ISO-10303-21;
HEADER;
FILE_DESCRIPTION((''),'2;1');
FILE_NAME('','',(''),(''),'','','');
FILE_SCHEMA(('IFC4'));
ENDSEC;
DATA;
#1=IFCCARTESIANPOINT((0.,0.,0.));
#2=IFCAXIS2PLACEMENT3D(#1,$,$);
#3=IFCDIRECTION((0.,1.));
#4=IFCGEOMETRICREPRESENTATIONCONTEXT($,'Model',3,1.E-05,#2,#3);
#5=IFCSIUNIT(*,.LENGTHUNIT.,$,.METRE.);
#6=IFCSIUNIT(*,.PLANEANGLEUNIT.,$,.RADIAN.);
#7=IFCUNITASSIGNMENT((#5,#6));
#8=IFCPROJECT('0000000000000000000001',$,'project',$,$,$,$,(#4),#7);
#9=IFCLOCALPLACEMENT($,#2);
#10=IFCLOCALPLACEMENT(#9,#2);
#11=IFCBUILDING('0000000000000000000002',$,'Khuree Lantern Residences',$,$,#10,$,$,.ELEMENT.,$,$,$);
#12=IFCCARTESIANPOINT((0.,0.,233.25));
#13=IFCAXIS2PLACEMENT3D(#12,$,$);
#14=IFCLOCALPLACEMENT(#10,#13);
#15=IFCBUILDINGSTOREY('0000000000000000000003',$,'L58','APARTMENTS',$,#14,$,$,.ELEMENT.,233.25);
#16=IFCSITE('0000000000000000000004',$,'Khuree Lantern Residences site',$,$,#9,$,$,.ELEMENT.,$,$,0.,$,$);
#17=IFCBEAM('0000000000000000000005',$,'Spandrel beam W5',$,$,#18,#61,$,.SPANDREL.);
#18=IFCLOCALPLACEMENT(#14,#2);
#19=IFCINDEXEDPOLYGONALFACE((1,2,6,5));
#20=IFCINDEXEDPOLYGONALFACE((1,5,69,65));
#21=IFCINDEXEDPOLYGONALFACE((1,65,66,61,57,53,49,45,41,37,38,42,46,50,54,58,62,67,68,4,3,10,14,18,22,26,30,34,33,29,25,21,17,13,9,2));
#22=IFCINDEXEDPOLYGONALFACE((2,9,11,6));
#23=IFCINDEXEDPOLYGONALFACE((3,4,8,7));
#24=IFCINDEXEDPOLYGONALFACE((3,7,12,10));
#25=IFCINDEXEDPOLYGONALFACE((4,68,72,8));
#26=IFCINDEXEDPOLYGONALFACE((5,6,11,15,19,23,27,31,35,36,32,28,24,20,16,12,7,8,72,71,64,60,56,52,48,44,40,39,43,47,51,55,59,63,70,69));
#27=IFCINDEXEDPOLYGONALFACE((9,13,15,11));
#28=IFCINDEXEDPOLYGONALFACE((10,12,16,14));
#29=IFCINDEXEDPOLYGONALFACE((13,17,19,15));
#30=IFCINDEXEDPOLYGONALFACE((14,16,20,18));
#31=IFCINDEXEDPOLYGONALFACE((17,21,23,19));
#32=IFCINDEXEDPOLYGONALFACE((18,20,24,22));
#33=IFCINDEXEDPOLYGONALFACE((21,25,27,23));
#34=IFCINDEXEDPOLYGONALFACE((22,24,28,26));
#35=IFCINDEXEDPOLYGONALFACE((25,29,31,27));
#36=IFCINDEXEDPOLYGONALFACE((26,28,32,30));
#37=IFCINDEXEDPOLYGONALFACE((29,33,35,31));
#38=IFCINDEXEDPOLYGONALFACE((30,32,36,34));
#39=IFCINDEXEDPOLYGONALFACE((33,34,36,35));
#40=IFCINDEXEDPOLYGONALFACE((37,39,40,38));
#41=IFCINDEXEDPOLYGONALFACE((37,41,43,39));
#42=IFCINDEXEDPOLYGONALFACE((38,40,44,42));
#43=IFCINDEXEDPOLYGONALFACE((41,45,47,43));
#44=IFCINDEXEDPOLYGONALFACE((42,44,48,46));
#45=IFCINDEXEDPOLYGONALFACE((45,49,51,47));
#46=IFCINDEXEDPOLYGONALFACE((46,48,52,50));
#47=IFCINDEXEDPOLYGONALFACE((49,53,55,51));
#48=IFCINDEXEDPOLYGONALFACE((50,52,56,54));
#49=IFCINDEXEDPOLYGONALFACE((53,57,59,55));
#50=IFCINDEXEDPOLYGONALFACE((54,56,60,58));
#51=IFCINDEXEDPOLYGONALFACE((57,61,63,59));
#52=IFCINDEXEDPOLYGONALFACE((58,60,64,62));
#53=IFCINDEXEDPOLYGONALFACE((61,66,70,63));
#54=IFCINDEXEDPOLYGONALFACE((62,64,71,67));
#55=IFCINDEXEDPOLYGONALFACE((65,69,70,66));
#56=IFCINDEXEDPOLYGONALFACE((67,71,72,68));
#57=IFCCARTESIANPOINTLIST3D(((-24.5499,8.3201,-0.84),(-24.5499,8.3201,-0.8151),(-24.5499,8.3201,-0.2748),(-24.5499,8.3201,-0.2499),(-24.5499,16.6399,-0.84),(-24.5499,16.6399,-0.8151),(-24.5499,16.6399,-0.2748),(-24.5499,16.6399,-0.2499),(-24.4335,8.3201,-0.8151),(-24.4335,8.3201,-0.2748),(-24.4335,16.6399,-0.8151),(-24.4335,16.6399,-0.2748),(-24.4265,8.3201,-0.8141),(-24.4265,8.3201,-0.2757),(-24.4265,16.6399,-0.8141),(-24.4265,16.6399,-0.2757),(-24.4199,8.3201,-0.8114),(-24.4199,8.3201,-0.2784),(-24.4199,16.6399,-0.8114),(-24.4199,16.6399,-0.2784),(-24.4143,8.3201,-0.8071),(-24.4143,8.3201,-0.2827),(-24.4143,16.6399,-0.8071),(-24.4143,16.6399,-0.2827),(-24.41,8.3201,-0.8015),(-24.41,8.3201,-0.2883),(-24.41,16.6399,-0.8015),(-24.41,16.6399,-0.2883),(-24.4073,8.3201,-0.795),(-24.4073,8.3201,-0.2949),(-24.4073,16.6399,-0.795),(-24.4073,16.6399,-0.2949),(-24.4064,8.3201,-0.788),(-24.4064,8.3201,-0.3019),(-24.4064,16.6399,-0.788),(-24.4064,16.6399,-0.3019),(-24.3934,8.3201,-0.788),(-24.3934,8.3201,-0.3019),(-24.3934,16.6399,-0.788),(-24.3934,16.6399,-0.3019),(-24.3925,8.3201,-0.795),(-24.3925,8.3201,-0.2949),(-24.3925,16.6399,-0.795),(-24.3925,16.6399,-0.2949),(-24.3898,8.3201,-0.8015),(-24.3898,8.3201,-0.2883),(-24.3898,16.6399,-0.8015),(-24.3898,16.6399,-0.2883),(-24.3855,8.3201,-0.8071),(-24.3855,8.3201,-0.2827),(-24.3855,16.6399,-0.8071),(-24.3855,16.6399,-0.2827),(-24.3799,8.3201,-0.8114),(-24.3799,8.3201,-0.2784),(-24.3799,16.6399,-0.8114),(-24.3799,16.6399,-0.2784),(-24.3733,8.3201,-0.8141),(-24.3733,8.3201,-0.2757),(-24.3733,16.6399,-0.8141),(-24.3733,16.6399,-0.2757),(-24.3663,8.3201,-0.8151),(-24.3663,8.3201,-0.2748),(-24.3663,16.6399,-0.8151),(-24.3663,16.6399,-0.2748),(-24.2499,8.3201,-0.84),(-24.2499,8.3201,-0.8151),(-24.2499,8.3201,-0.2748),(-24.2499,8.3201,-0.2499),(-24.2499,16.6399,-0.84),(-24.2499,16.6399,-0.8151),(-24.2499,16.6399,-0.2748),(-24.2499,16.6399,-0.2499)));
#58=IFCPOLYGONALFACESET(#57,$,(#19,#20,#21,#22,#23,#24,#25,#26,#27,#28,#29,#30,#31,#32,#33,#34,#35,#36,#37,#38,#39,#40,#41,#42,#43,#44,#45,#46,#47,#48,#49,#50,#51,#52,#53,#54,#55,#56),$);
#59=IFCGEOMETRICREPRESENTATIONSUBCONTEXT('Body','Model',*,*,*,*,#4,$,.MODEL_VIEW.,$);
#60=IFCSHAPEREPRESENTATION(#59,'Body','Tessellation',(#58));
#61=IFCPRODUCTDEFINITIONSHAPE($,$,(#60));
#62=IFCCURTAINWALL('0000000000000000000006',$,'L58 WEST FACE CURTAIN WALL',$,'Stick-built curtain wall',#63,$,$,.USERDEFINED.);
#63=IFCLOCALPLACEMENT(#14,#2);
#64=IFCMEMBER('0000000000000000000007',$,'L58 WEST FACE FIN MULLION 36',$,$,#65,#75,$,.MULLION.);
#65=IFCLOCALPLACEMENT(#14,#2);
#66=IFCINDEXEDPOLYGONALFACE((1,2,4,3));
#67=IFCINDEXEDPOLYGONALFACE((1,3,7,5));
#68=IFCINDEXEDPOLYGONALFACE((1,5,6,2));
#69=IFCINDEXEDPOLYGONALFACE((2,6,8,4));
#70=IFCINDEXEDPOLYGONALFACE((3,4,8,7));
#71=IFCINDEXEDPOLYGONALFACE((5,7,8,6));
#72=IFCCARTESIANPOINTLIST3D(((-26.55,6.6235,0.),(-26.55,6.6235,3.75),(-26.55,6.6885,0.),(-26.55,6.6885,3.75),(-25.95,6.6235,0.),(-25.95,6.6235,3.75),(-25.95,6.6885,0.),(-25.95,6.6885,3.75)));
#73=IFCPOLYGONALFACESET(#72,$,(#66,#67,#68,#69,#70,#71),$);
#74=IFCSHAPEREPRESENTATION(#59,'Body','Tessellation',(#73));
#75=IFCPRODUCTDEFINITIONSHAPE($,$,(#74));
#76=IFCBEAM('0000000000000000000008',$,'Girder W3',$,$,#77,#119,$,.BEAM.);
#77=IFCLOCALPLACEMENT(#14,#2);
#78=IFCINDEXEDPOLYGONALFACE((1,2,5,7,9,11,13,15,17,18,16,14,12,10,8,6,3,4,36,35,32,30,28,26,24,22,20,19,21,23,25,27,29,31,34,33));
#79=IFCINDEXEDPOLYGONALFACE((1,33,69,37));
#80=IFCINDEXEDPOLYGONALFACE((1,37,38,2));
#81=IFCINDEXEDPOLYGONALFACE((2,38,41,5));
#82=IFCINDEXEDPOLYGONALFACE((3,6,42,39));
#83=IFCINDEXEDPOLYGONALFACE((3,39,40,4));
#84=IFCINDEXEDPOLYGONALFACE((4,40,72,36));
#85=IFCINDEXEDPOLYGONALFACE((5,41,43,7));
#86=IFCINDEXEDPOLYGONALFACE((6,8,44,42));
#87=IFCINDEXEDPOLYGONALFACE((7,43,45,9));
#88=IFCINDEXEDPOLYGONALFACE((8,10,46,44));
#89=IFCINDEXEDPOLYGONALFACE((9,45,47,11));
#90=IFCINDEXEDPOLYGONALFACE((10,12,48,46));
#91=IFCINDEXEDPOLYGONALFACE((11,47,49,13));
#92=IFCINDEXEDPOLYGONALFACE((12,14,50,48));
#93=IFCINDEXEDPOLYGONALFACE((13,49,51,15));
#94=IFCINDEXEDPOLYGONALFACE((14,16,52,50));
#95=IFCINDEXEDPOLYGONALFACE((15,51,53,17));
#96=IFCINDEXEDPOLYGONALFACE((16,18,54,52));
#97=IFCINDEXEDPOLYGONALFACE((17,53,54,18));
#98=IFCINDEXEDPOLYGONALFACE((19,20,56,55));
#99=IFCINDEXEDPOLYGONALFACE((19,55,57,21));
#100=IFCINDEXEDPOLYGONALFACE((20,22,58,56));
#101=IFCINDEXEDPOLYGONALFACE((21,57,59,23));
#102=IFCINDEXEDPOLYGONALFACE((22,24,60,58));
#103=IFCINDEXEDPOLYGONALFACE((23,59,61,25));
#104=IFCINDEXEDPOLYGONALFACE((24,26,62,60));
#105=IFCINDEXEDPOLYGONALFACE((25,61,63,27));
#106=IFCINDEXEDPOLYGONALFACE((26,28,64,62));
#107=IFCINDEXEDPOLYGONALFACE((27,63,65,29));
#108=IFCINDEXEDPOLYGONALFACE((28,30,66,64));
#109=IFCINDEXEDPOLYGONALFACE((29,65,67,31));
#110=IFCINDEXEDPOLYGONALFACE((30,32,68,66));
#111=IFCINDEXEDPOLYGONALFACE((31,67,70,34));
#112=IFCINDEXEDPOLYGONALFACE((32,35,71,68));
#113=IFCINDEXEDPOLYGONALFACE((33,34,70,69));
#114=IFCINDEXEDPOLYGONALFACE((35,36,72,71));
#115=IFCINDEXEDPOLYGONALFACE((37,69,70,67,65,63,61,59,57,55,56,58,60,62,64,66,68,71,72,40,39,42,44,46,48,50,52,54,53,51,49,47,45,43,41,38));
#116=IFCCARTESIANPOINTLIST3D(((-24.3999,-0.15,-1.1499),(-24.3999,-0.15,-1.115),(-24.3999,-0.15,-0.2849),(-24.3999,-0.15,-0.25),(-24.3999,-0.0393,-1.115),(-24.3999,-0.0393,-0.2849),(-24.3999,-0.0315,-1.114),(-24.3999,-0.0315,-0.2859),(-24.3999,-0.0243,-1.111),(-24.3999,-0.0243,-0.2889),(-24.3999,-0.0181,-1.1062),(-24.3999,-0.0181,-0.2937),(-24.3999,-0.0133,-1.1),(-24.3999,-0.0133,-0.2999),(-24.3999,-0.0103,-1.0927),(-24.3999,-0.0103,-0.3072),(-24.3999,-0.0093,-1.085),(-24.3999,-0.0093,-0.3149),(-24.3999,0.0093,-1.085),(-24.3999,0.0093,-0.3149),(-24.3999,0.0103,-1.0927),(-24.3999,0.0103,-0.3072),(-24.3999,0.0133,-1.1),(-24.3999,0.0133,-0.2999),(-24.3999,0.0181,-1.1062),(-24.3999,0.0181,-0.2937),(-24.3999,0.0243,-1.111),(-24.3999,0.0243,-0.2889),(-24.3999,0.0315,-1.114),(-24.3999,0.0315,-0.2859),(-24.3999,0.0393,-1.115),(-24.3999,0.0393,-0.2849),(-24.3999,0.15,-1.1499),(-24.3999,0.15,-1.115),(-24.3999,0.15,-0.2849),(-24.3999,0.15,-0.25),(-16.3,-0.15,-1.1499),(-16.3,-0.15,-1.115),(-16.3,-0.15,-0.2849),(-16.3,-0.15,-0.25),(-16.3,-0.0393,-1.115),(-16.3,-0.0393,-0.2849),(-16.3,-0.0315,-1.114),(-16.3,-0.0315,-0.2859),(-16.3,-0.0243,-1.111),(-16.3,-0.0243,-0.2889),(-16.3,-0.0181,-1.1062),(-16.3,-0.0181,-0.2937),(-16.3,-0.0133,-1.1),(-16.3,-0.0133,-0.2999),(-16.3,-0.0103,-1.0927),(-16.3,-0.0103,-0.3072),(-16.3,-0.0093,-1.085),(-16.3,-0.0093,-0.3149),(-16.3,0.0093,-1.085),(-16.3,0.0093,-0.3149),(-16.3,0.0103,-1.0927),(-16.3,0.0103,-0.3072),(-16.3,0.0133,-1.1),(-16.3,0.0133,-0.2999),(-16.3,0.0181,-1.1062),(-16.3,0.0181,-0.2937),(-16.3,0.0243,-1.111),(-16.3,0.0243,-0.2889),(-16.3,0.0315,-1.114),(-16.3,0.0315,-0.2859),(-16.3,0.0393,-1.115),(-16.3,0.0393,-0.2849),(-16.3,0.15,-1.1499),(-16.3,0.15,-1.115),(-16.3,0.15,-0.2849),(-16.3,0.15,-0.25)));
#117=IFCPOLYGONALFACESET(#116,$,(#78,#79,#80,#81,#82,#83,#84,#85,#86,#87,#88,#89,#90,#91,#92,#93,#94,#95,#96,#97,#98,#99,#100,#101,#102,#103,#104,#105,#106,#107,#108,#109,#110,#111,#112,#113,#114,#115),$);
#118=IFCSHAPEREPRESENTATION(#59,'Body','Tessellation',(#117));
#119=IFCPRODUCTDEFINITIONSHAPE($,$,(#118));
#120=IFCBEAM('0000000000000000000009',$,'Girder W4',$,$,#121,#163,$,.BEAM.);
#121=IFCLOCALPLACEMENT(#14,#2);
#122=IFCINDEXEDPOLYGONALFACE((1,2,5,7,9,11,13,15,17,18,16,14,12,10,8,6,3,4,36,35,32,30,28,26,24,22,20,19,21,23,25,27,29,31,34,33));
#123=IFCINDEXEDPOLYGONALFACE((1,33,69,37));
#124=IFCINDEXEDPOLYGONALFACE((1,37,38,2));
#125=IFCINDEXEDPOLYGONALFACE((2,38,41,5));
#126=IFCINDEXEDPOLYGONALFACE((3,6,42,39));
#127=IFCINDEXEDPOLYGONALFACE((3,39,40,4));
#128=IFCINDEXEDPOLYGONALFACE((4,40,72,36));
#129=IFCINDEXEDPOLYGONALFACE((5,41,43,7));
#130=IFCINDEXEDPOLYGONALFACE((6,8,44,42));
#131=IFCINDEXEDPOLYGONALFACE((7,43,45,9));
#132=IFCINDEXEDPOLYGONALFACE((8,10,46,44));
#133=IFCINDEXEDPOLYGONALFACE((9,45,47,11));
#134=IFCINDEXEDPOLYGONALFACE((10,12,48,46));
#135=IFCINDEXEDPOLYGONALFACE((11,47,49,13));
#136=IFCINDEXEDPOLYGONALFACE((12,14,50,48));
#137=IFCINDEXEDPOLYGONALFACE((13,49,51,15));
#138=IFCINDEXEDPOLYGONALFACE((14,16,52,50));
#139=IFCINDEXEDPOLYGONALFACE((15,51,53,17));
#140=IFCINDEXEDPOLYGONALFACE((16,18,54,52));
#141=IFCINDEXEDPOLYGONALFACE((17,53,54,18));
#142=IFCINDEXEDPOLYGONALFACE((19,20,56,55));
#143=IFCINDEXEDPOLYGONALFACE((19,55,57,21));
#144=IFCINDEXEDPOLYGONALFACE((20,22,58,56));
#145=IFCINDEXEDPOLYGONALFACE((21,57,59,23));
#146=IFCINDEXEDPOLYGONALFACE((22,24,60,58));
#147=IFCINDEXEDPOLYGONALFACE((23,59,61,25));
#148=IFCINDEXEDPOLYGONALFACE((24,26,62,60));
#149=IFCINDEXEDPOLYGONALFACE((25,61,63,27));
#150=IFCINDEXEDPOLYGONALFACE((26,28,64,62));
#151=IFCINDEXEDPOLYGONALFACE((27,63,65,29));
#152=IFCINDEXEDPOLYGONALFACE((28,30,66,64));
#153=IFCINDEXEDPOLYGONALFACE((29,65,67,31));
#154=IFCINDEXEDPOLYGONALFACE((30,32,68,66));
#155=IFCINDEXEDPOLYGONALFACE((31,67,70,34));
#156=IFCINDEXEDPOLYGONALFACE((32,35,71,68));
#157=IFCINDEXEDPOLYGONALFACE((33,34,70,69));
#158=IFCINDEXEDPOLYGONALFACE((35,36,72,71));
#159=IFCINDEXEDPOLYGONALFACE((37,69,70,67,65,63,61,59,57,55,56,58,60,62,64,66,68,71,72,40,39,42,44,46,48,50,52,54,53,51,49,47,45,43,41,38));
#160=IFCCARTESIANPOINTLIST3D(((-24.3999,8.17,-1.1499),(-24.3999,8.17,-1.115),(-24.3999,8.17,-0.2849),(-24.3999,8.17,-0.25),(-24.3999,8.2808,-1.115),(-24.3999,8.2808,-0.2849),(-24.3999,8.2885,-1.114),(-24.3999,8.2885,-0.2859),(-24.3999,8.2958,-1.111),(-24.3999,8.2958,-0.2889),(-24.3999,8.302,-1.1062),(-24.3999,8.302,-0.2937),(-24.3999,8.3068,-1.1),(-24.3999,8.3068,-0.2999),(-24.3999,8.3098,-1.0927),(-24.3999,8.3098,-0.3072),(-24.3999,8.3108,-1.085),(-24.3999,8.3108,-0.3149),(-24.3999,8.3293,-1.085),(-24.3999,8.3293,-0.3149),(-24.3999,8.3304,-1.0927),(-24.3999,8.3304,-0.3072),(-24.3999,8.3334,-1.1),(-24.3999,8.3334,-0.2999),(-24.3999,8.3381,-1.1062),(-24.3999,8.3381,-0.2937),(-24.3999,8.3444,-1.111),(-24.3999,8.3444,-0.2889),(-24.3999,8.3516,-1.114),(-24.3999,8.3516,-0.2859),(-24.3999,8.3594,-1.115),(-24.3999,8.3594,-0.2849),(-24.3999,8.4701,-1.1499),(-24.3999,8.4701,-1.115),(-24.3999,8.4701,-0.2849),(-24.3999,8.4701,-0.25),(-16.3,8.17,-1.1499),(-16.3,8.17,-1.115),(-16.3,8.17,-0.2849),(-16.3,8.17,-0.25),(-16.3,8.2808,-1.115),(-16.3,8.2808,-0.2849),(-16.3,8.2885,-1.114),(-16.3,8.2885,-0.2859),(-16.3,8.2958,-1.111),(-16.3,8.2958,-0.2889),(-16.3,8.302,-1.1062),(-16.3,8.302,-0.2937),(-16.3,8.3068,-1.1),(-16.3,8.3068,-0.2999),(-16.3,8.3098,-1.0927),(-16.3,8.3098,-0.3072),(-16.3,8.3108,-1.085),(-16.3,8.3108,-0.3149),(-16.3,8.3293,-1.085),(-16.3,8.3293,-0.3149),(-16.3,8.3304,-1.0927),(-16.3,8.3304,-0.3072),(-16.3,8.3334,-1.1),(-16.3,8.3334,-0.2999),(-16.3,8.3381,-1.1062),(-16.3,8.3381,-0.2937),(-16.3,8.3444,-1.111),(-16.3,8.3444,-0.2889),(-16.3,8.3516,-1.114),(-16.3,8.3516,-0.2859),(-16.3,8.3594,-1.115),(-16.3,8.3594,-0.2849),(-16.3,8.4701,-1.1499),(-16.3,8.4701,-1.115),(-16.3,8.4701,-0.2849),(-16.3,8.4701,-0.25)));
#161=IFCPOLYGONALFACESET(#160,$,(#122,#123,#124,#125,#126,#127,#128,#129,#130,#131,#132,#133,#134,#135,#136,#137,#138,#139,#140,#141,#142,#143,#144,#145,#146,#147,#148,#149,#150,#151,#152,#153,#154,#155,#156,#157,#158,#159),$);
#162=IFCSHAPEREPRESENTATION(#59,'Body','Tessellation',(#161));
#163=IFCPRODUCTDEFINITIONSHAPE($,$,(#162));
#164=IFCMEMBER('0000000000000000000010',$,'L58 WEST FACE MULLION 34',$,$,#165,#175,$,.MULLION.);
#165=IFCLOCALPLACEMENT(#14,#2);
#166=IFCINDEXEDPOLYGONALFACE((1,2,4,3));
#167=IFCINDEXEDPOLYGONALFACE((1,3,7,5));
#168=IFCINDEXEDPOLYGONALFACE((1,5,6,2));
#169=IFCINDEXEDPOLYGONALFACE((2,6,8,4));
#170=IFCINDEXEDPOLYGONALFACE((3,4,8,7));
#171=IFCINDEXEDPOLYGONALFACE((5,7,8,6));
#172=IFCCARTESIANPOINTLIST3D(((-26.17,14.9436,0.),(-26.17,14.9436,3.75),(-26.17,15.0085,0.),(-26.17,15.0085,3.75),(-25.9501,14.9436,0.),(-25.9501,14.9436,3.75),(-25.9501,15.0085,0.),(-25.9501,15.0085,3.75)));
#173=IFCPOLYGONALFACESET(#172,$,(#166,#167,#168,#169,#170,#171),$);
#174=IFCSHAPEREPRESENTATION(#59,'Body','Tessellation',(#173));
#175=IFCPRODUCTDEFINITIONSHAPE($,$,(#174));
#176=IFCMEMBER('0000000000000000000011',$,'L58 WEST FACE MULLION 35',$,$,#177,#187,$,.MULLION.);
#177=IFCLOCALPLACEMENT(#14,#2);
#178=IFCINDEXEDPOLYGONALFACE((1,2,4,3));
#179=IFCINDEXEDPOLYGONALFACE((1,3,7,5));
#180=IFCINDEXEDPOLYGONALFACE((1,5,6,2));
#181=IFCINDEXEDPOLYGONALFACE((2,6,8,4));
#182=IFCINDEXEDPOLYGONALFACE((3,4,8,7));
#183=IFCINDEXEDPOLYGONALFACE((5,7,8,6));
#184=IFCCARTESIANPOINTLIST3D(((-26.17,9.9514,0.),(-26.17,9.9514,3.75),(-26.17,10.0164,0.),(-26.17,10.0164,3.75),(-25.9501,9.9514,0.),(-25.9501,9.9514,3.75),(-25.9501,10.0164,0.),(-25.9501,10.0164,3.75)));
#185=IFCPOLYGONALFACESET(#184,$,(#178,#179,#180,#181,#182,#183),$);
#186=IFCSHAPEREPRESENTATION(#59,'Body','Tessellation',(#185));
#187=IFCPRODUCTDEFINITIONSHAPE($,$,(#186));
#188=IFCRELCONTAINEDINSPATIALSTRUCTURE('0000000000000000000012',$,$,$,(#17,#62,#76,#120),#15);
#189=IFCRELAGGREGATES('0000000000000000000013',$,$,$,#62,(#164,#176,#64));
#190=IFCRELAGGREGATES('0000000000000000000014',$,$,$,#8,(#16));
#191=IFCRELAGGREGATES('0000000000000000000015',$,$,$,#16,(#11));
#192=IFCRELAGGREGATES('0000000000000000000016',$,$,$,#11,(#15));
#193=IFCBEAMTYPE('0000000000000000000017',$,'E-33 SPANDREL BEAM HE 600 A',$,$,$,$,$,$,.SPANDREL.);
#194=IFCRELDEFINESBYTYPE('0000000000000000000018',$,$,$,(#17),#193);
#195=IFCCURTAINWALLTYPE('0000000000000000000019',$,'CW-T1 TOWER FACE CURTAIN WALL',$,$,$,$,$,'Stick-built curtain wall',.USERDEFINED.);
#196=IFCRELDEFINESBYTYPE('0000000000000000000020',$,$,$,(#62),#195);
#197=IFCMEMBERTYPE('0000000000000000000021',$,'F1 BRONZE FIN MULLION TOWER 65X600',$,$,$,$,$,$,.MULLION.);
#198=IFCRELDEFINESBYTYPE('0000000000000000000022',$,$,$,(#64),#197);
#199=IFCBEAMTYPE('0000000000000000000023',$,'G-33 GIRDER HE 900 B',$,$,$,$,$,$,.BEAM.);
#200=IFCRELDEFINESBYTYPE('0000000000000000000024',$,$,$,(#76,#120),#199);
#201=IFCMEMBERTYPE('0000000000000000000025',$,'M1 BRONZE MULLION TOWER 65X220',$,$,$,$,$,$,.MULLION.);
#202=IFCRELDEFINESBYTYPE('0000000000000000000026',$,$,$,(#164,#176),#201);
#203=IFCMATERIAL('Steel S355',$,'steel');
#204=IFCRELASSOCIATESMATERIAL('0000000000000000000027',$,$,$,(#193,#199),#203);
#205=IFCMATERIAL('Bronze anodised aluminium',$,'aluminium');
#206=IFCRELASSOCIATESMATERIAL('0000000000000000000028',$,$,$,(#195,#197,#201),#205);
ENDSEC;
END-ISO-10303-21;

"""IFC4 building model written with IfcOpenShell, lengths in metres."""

from ifc_helpers import new_model, si_unit, direction, frame, origin, origin_2d, place, context, subcontext, project, spatial, rectangle, i_section, extrude, material, material_profile, profile_set, type_object, element, aggregate, save


model = new_model("IFC4")

# Units and contexts
model_context = context("Model", 3, precision=1e-05, world=origin(), true_north=direction((0.0, 1.0)))
body_context = subcontext(model_context, "Body", "Model", "MODEL_VIEW")
ifc_project = project(units=[si_unit("LENGTHUNIT", "METRE"), si_unit("PLANEANGLEUNIT", "RADIAN")], contexts=[model_context])

# Site, building, storey
site_placement = place(None, origin())
site = spatial("IfcSite", under=ifc_project, at=site_placement, Name="Khuree Lantern Residences site", CompositionType="ELEMENT", RefElevation=0.0)
building_placement = place(site_placement, origin())
building = spatial("IfcBuilding", under=site, at=building_placement, Name="Khuree Lantern Residences", CompositionType="ELEMENT")
storey_placement = place(building_placement, frame((0.0, 0.0, 233.25)))
storey = spatial("IfcBuildingStorey", under=building, at=storey_placement, Name="L58", Description="APARTMENTS", CompositionType="ELEMENT", Elevation=233.25)

# Beam
ifc_material_1 = material(Name="Steel S355", Category="steel")
ifc_material_profile_1 = material_profile(ifc_material_1, i_section(OverallWidth=0.3, OverallDepth=0.5901, WebThickness=0.0129, FlangeThickness=0.0249, FilletRadius=0.0271, at=origin_2d()), Name="HE 600 A")
ifc_profile_set_1 = profile_set([ifc_material_profile_1], Name="Steel S355")
beam_type_1 = type_object("IfcBeamType", Name="E-33 SPANDREL BEAM HE 600 A", PredefinedType="SPANDREL", material=ifc_profile_set_1)
beam_1_placement = place(storey_placement, frame((-24.3999, 8.3201, -0.5449), z_axis=(0.0, 1.0, 0.0), x_axis=(-1.0, 0.0, 0.0)))
element("IfcBeam", 1, at=beam_1_placement, inside=storey, type_object=beam_type_1, Name="Spandrel beam W5", PredefinedType="SPANDREL", context=body_context, shape_type="SweptSolid", body=[
    extrude(i_section(OverallWidth=0.3, OverallDepth=0.5901, WebThickness=0.0129, FlangeThickness=0.0249, FilletRadius=0.0271, at=origin_2d()), origin(), (0.0, 0.0, 1.0), 8.3198),
])

# Curtain wall, member
ifc_material_2 = material(Name="Bronze anodised aluminium", Category="aluminium")
curtain_wall_type = type_object("IfcCurtainWallType", Name="CW-T1 TOWER FACE CURTAIN WALL", ElementType="Stick-built curtain wall", PredefinedType="USERDEFINED", material=ifc_material_2)
curtain_wall_placement = place(storey_placement, origin())
curtain_wall = element("IfcCurtainWall", 2, at=curtain_wall_placement, inside=storey, type_object=curtain_wall_type, Name="L58 WEST FACE CURTAIN WALL", ObjectType="Stick-built curtain wall", PredefinedType="USERDEFINED")
ifc_material_profile_2 = material_profile(ifc_material_2, rectangle(XDim=0.0649, YDim=0.6001, at=origin_2d()), Name="F1 65X600")
ifc_profile_set_2 = profile_set([ifc_material_profile_2], Name="Bronze anodised aluminium")
member_type_1 = type_object("IfcMemberType", Name="F1 BRONZE FIN MULLION TOWER 65X600", PredefinedType="MULLION", material=ifc_profile_set_2)
member_1_placement = place(storey_placement, frame((-26.25, 6.656, 0.0), z_axis=(0.0, 0.0, 1.0), x_axis=(0.0, -1.0, 0.0)))
member_1 = element("IfcMember", 3, at=member_1_placement, type_object=member_type_1, Name="L58 WEST FACE FIN MULLION 36", PredefinedType="MULLION", context=body_context, shape_type="SweptSolid", body=[
    extrude(rectangle(XDim=0.0649, YDim=0.6001, at=origin_2d()), origin(), (0.0, 0.0, 1.0), 3.75),
])

# Beams
ifc_material_profile_3 = material_profile(ifc_material_1, i_section(OverallWidth=0.3, OverallDepth=0.8999, WebThickness=0.0186, FlangeThickness=0.0349, FilletRadius=0.03, at=origin_2d()), Name="HE 900 B")
ifc_profile_set_3 = profile_set([ifc_material_profile_3], Name="Steel S355")
beam_type_2 = type_object("IfcBeamType", Name="G-33 GIRDER HE 900 B", PredefinedType="BEAM", material=ifc_profile_set_3)
for number, where, z_axis, x_axis, name in (
    (4, (-24.3999, 0.0, -0.7), (1.0, 0.0, 0.0), (0.0, 1.0, 0.0), "Girder W3"),
    (5, (-24.3999, 8.3201, -0.7), (1.0, 0.0, 0.0), (0.0, 1.0, 0.0), "Girder W4"),
):
    element("IfcBeam", number, at=place(storey_placement, frame(where, z_axis=z_axis, x_axis=x_axis)), inside=storey, type_object=beam_type_2, Name=name, PredefinedType="BEAM", context=body_context, shape_type="SweptSolid", body=[
        extrude(i_section(OverallWidth=0.3, OverallDepth=0.8999, WebThickness=0.0186, FlangeThickness=0.0349, FilletRadius=0.03, at=origin_2d()), origin(), (0.0, 0.0, 1.0), 8.0999),
    ])

# Members
ifc_material_profile_4 = material_profile(ifc_material_2, rectangle(XDim=0.0649, YDim=0.22, at=origin_2d()), Name="M1 65X220")
ifc_profile_set_4 = profile_set([ifc_material_profile_4], Name="Bronze anodised aluminium")
member_type_2 = type_object("IfcMemberType", Name="M1 BRONZE MULLION TOWER 65X220", PredefinedType="MULLION", material=ifc_profile_set_4)
member_2_placement = place(storey_placement, frame((-26.0601, 14.9761, 0.0), z_axis=(0.0, 0.0, 1.0), x_axis=(0.0, -1.0, 0.0)))
member_2 = element("IfcMember", 6, at=member_2_placement, type_object=member_type_2, Name="L58 WEST FACE MULLION 34", PredefinedType="MULLION", context=body_context, shape_type="SweptSolid", body=[
    extrude(rectangle(XDim=0.0649, YDim=0.22, at=origin_2d()), origin(), (0.0, 0.0, 1.0), 3.75),
])
member_3_placement = place(storey_placement, frame((-26.0601, 9.9839, 0.0), z_axis=(0.0, 0.0, 1.0), x_axis=(0.0, -1.0, 0.0)))
member_3 = element("IfcMember", 7, at=member_3_placement, type_object=member_type_2, Name="L58 WEST FACE MULLION 35", PredefinedType="MULLION", context=body_context, shape_type="SweptSolid", body=[
    extrude(rectangle(XDim=0.0649, YDim=0.22, at=origin_2d()), origin(), (0.0, 0.0, 1.0), 3.75),
])

aggregate(curtain_wall, [member_2, member_3, member_1])

save(model, "model.ifc")
